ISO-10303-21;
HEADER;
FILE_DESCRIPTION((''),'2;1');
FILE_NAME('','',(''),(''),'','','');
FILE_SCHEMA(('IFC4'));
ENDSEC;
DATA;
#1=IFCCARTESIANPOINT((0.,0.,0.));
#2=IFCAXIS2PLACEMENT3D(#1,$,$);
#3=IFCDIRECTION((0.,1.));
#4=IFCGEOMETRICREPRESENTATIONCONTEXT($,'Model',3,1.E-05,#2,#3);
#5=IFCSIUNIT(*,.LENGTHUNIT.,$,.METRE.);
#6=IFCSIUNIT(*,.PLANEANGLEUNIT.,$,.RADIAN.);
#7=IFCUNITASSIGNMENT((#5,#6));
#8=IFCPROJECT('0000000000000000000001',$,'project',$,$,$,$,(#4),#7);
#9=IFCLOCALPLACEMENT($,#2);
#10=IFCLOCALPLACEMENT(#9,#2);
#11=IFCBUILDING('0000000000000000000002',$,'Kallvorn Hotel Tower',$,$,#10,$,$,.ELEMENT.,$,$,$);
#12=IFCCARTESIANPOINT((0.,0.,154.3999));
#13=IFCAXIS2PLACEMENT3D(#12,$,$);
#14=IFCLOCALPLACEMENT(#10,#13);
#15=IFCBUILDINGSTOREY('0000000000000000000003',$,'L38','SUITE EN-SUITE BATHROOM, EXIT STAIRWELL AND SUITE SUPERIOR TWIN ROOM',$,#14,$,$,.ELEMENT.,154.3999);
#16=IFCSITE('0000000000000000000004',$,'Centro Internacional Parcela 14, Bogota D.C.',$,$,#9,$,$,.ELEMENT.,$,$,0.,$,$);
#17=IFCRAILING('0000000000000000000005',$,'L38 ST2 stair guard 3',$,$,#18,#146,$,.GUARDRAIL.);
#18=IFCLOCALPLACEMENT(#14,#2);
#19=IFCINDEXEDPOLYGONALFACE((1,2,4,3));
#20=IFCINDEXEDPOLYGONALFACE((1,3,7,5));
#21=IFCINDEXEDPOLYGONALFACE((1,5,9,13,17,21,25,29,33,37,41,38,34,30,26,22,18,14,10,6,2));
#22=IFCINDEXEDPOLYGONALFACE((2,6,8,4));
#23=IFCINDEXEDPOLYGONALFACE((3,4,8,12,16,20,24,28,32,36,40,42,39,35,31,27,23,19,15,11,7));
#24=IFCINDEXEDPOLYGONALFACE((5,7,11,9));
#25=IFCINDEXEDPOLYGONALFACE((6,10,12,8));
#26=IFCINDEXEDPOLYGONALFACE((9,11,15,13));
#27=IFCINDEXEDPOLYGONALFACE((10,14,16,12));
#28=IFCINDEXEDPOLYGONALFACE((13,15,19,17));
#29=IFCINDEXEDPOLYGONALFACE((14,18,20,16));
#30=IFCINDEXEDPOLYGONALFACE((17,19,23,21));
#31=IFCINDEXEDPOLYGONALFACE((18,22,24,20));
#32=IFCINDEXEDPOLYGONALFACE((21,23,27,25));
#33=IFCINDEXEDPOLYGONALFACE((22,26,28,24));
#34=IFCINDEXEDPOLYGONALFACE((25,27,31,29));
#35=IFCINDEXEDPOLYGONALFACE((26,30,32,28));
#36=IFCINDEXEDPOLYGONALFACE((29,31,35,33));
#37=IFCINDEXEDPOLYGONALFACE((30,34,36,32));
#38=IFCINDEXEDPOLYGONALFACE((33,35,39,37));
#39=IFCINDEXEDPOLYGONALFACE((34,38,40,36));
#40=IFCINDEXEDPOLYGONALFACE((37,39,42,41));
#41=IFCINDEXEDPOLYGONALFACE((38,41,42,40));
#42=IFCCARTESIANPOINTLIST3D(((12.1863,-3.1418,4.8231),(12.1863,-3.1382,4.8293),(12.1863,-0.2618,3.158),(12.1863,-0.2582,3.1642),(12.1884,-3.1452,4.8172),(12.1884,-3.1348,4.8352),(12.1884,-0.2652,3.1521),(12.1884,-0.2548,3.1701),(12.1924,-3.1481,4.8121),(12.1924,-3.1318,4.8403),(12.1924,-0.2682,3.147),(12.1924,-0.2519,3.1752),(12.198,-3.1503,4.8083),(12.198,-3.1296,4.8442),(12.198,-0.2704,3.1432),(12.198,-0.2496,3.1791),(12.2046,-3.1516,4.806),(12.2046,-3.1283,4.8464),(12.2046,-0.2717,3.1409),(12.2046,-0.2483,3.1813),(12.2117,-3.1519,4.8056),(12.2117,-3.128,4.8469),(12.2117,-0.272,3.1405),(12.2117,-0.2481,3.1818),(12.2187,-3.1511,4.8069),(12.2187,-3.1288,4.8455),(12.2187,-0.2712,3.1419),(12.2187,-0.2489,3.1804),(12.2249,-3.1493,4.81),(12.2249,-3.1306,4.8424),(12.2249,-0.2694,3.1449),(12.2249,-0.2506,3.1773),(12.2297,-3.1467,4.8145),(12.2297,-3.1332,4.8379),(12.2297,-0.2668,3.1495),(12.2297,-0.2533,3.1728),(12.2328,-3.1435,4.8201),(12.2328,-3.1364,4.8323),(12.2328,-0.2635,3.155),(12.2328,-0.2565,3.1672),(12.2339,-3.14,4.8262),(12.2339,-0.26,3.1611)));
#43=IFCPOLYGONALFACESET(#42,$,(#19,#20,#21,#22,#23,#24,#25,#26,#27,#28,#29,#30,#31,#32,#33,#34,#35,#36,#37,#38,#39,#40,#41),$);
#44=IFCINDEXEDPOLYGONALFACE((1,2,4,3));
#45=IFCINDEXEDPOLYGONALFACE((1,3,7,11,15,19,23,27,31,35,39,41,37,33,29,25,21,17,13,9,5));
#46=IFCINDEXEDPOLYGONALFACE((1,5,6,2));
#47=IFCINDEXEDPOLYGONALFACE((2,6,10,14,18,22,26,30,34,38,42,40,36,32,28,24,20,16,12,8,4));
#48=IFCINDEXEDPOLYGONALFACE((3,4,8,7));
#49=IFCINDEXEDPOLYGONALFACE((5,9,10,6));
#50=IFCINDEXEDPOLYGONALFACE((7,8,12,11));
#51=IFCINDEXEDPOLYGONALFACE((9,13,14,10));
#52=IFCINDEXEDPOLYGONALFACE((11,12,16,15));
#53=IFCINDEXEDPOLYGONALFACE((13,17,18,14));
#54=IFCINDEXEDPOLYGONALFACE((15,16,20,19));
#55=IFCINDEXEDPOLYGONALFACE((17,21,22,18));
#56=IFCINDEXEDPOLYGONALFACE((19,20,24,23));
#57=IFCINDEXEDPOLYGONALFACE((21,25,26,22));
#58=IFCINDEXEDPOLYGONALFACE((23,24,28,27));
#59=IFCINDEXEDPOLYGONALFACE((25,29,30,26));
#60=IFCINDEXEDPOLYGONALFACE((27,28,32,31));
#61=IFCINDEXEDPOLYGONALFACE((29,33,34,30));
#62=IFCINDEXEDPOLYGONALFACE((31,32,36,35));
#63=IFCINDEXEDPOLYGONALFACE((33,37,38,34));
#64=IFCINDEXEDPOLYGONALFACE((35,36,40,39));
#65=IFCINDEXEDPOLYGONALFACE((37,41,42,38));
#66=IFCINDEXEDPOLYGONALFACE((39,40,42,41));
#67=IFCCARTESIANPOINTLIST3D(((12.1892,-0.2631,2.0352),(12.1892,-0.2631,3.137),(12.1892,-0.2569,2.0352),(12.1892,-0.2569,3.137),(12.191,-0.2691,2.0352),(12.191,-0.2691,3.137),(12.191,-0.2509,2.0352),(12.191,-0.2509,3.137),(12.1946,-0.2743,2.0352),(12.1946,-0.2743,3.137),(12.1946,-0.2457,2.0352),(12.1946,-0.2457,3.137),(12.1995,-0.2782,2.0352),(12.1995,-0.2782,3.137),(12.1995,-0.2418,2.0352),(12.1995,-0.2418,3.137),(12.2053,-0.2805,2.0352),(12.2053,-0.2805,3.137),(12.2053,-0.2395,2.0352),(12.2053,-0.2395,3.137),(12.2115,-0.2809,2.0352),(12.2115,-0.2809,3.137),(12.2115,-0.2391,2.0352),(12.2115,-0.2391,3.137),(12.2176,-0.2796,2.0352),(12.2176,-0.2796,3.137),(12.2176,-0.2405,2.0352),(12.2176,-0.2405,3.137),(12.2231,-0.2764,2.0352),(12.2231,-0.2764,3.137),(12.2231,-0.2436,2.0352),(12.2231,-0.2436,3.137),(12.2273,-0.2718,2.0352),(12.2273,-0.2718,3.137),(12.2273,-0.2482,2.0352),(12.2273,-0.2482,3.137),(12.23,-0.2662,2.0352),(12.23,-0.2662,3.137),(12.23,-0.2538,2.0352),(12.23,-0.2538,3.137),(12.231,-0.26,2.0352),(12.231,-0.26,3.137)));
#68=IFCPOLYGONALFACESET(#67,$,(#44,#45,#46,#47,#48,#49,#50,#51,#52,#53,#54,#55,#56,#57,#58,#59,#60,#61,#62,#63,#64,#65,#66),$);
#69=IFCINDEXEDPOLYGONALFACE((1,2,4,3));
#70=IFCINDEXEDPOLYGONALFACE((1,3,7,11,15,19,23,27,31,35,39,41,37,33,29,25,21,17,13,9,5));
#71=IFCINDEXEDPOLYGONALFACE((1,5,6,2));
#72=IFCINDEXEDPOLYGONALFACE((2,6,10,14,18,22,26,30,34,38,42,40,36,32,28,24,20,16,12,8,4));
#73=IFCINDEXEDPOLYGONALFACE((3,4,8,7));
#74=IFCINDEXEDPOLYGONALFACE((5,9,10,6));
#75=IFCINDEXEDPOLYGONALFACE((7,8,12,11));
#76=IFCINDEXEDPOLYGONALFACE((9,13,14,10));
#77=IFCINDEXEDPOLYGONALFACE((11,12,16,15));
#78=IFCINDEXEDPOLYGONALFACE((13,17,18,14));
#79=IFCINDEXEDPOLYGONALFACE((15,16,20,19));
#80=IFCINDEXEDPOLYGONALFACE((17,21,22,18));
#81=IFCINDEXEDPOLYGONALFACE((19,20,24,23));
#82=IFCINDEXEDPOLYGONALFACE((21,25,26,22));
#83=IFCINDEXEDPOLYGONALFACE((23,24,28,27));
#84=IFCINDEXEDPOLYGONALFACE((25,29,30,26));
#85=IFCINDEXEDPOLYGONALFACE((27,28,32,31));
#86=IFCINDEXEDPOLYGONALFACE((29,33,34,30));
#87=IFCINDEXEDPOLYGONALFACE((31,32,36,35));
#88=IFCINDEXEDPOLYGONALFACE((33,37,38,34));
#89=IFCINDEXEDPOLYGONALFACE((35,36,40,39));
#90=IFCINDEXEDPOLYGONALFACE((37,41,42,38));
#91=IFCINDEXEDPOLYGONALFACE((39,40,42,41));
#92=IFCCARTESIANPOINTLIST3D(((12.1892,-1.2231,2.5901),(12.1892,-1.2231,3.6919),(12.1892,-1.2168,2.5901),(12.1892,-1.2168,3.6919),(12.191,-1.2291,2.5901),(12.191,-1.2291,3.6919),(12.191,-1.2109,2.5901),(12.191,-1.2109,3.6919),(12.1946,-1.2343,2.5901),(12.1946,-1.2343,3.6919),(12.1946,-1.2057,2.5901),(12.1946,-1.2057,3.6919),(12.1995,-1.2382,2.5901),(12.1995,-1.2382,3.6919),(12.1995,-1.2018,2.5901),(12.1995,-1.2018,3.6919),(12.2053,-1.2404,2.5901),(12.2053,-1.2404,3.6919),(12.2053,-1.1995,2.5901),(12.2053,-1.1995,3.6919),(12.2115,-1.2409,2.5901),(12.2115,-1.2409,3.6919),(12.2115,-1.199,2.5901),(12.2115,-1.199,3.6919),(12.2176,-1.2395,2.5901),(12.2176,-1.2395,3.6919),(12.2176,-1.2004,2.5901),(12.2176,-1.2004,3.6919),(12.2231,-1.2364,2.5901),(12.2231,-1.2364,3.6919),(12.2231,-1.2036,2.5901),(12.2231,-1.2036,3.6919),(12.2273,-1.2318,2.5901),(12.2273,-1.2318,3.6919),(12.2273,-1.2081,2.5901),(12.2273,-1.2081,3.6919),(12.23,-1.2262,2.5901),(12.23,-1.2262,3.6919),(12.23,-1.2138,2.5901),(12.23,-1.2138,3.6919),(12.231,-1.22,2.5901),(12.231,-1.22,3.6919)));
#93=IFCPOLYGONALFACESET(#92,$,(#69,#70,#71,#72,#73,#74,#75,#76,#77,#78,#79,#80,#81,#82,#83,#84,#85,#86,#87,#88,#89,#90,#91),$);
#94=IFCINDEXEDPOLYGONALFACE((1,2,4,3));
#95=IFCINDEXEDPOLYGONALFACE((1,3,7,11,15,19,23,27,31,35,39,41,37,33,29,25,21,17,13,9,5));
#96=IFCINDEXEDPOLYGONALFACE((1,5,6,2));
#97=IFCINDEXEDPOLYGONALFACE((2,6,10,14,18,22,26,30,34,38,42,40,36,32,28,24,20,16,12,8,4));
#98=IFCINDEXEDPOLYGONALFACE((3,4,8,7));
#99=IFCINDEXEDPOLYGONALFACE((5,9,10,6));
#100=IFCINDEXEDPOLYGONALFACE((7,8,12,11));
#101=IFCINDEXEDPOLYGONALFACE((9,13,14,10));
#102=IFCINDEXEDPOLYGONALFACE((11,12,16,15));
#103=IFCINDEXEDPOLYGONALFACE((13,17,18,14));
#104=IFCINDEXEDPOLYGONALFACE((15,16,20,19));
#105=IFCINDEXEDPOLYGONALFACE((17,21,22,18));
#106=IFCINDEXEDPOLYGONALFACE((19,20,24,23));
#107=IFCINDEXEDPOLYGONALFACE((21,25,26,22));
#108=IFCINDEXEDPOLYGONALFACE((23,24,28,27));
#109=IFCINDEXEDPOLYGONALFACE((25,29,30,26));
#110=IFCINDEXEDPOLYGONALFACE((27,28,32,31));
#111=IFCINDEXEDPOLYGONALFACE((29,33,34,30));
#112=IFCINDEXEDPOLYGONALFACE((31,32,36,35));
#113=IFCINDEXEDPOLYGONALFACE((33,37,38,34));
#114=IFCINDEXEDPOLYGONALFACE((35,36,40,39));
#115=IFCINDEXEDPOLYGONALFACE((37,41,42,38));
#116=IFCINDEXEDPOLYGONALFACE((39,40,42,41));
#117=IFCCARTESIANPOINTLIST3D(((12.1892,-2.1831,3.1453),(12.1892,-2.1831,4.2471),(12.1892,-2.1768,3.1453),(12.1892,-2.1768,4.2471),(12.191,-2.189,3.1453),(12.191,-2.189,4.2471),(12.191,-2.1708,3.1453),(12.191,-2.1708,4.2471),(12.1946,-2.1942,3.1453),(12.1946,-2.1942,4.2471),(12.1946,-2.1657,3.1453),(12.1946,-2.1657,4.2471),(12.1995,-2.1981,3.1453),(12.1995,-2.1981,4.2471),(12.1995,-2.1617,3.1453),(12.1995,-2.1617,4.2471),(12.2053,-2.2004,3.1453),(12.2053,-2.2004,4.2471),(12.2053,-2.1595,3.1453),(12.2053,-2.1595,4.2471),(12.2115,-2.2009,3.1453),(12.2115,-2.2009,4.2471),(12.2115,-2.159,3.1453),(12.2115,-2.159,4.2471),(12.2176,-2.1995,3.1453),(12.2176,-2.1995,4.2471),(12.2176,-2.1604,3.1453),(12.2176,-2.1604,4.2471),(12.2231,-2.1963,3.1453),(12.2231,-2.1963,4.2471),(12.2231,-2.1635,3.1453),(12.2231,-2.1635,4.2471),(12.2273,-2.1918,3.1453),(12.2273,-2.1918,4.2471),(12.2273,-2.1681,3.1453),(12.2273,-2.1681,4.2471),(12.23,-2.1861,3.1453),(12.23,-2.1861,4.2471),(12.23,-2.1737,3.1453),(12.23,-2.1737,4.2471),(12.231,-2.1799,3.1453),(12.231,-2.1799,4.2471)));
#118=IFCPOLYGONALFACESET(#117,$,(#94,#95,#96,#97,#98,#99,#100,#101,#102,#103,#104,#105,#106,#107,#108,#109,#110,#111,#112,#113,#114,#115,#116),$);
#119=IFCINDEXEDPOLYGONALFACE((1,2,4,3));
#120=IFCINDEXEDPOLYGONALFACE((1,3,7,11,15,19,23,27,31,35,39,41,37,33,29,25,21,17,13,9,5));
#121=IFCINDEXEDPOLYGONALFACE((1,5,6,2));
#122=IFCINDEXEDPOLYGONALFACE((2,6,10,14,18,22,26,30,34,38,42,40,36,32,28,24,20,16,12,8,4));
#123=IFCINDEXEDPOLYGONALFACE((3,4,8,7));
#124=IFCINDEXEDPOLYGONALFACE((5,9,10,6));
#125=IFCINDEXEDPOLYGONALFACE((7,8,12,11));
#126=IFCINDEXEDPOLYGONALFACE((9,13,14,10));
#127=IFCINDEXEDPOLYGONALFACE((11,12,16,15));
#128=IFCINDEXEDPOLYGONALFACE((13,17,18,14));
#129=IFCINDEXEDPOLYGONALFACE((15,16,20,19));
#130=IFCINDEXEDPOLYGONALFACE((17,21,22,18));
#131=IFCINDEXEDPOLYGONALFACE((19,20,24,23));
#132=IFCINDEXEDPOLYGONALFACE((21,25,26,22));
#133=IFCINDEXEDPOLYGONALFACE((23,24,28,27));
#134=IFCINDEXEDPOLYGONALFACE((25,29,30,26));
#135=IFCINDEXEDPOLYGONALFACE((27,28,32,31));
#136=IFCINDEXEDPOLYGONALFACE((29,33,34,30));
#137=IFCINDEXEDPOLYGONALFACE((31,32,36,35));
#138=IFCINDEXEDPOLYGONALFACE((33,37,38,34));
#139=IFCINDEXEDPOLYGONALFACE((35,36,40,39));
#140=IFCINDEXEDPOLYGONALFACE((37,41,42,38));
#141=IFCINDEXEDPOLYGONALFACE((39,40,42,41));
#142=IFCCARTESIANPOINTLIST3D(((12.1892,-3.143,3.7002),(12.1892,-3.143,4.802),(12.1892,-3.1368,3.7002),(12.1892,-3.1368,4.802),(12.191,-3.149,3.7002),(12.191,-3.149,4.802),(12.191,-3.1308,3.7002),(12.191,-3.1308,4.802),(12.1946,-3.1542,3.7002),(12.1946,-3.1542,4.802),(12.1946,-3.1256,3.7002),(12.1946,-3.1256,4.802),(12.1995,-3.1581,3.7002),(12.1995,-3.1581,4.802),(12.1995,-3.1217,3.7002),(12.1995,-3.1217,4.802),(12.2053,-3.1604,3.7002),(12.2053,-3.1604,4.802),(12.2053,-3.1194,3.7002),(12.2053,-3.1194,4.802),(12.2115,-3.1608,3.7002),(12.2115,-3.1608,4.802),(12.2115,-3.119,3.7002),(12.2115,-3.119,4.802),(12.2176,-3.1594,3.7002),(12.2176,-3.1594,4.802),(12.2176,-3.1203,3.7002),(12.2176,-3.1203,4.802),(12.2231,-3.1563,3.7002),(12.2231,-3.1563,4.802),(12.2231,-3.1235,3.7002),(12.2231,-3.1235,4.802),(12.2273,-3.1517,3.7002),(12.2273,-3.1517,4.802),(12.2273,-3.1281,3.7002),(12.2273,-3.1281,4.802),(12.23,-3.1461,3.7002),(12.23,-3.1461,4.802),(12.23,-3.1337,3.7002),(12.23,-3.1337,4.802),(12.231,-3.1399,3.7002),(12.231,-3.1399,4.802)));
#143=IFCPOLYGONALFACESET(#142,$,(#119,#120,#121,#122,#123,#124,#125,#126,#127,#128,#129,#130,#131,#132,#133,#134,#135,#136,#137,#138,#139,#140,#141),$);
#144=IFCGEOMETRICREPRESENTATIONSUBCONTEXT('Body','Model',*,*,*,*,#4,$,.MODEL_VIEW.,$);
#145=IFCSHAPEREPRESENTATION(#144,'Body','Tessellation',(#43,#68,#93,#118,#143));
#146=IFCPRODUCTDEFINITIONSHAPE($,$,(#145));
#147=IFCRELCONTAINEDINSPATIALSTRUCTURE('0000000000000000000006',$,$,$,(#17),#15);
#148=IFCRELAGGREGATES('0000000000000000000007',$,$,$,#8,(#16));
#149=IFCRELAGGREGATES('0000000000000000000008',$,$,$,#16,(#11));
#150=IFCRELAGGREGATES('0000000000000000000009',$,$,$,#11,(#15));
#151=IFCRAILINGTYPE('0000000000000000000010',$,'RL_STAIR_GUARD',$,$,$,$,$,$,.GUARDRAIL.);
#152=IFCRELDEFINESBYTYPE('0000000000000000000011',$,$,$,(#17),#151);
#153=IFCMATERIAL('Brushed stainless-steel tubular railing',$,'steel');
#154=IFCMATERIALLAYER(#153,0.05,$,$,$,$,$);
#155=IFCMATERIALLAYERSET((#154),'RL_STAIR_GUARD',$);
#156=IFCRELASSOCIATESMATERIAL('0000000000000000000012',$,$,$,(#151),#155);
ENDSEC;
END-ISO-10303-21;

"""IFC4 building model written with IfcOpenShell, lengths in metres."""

from ifc_helpers import new_model, si_unit, direction, frame, origin, origin_2d, place, context, subcontext, project, spatial, circle, extrude, material, layer, layer_set, type_object, element, save


model = new_model("IFC4")

# Units and contexts
model_context = context("Model", 3, precision=1e-05, world=origin(), true_north=direction((0.0, 1.0)))
body_context = subcontext(model_context, "Body", "Model", "MODEL_VIEW")
ifc_project = project(units=[si_unit("LENGTHUNIT", "METRE"), si_unit("PLANEANGLEUNIT", "RADIAN")], contexts=[model_context])

# Site, building, storey
site_placement = place(None, origin())
site = spatial("IfcSite", under=ifc_project, at=site_placement, Name="Centro Internacional Parcela 14, Bogota D.C.", CompositionType="ELEMENT", RefElevation=0.0)
building_placement = place(site_placement, origin())
building = spatial("IfcBuilding", under=site, at=building_placement, Name="Kallvorn Hotel Tower", CompositionType="ELEMENT")
storey_placement = place(building_placement, frame((0.0, 0.0, 154.3999)))
storey = spatial("IfcBuildingStorey", under=building, at=storey_placement, Name="L38", Description="SUITE EN-SUITE BATHROOM, EXIT STAIRWELL AND SUITE SUPERIOR TWIN ROOM", CompositionType="ELEMENT", Elevation=154.3999)

# Railing
ifc_material_1 = material(Name="Brushed stainless-steel tubular railing", Category="steel")
ifc_layer_1 = layer(ifc_material_1, 0.05)
ifc_layer_set_1 = layer_set([ifc_layer_1], Name="RL_STAIR_GUARD")
railing_type_1 = type_object("IfcRailingType", Name="RL_STAIR_GUARD", PredefinedType="GUARDRAIL", material=ifc_layer_set_1)
railing_1_placement = place(storey_placement, frame((12.21, -0.26, 2.0352)))
element("IfcRailing", 1, at=railing_1_placement, inside=storey, type_object=railing_type_1, Name="L38 ST2 stair guard 3", PredefinedType="GUARDRAIL", context=body_context, shape_type="SweptSolid", body=[
    extrude(circle(Radius=0.0239, at=origin_2d()), frame((0.0, 0.0, 1.126), z_axis=(0.0, -0.865721, 0.500527), x_axis=(1.0, 0.0, 0.0)), (0.0, 0.0, 1.0), 3.3267),
    extrude(circle(Radius=0.021, at=origin_2d()), origin(), (0.0, 0.0, 1.0), 1.1018),
    extrude(circle(Radius=0.021, at=origin_2d()), frame((0.0, -0.96, 0.5549)), (0.0, 0.0, 1.0), 1.1018),
    extrude(circle(Radius=0.021, at=origin_2d()), frame((0.0, -1.9199, 1.1101)), (0.0, 0.0, 1.0), 1.1018),
    extrude(circle(Radius=0.021, at=origin_2d()), frame((0.0, -2.8799, 1.665)), (0.0, 0.0, 1.0), 1.1018),
])

save(model, "model.ifc")
